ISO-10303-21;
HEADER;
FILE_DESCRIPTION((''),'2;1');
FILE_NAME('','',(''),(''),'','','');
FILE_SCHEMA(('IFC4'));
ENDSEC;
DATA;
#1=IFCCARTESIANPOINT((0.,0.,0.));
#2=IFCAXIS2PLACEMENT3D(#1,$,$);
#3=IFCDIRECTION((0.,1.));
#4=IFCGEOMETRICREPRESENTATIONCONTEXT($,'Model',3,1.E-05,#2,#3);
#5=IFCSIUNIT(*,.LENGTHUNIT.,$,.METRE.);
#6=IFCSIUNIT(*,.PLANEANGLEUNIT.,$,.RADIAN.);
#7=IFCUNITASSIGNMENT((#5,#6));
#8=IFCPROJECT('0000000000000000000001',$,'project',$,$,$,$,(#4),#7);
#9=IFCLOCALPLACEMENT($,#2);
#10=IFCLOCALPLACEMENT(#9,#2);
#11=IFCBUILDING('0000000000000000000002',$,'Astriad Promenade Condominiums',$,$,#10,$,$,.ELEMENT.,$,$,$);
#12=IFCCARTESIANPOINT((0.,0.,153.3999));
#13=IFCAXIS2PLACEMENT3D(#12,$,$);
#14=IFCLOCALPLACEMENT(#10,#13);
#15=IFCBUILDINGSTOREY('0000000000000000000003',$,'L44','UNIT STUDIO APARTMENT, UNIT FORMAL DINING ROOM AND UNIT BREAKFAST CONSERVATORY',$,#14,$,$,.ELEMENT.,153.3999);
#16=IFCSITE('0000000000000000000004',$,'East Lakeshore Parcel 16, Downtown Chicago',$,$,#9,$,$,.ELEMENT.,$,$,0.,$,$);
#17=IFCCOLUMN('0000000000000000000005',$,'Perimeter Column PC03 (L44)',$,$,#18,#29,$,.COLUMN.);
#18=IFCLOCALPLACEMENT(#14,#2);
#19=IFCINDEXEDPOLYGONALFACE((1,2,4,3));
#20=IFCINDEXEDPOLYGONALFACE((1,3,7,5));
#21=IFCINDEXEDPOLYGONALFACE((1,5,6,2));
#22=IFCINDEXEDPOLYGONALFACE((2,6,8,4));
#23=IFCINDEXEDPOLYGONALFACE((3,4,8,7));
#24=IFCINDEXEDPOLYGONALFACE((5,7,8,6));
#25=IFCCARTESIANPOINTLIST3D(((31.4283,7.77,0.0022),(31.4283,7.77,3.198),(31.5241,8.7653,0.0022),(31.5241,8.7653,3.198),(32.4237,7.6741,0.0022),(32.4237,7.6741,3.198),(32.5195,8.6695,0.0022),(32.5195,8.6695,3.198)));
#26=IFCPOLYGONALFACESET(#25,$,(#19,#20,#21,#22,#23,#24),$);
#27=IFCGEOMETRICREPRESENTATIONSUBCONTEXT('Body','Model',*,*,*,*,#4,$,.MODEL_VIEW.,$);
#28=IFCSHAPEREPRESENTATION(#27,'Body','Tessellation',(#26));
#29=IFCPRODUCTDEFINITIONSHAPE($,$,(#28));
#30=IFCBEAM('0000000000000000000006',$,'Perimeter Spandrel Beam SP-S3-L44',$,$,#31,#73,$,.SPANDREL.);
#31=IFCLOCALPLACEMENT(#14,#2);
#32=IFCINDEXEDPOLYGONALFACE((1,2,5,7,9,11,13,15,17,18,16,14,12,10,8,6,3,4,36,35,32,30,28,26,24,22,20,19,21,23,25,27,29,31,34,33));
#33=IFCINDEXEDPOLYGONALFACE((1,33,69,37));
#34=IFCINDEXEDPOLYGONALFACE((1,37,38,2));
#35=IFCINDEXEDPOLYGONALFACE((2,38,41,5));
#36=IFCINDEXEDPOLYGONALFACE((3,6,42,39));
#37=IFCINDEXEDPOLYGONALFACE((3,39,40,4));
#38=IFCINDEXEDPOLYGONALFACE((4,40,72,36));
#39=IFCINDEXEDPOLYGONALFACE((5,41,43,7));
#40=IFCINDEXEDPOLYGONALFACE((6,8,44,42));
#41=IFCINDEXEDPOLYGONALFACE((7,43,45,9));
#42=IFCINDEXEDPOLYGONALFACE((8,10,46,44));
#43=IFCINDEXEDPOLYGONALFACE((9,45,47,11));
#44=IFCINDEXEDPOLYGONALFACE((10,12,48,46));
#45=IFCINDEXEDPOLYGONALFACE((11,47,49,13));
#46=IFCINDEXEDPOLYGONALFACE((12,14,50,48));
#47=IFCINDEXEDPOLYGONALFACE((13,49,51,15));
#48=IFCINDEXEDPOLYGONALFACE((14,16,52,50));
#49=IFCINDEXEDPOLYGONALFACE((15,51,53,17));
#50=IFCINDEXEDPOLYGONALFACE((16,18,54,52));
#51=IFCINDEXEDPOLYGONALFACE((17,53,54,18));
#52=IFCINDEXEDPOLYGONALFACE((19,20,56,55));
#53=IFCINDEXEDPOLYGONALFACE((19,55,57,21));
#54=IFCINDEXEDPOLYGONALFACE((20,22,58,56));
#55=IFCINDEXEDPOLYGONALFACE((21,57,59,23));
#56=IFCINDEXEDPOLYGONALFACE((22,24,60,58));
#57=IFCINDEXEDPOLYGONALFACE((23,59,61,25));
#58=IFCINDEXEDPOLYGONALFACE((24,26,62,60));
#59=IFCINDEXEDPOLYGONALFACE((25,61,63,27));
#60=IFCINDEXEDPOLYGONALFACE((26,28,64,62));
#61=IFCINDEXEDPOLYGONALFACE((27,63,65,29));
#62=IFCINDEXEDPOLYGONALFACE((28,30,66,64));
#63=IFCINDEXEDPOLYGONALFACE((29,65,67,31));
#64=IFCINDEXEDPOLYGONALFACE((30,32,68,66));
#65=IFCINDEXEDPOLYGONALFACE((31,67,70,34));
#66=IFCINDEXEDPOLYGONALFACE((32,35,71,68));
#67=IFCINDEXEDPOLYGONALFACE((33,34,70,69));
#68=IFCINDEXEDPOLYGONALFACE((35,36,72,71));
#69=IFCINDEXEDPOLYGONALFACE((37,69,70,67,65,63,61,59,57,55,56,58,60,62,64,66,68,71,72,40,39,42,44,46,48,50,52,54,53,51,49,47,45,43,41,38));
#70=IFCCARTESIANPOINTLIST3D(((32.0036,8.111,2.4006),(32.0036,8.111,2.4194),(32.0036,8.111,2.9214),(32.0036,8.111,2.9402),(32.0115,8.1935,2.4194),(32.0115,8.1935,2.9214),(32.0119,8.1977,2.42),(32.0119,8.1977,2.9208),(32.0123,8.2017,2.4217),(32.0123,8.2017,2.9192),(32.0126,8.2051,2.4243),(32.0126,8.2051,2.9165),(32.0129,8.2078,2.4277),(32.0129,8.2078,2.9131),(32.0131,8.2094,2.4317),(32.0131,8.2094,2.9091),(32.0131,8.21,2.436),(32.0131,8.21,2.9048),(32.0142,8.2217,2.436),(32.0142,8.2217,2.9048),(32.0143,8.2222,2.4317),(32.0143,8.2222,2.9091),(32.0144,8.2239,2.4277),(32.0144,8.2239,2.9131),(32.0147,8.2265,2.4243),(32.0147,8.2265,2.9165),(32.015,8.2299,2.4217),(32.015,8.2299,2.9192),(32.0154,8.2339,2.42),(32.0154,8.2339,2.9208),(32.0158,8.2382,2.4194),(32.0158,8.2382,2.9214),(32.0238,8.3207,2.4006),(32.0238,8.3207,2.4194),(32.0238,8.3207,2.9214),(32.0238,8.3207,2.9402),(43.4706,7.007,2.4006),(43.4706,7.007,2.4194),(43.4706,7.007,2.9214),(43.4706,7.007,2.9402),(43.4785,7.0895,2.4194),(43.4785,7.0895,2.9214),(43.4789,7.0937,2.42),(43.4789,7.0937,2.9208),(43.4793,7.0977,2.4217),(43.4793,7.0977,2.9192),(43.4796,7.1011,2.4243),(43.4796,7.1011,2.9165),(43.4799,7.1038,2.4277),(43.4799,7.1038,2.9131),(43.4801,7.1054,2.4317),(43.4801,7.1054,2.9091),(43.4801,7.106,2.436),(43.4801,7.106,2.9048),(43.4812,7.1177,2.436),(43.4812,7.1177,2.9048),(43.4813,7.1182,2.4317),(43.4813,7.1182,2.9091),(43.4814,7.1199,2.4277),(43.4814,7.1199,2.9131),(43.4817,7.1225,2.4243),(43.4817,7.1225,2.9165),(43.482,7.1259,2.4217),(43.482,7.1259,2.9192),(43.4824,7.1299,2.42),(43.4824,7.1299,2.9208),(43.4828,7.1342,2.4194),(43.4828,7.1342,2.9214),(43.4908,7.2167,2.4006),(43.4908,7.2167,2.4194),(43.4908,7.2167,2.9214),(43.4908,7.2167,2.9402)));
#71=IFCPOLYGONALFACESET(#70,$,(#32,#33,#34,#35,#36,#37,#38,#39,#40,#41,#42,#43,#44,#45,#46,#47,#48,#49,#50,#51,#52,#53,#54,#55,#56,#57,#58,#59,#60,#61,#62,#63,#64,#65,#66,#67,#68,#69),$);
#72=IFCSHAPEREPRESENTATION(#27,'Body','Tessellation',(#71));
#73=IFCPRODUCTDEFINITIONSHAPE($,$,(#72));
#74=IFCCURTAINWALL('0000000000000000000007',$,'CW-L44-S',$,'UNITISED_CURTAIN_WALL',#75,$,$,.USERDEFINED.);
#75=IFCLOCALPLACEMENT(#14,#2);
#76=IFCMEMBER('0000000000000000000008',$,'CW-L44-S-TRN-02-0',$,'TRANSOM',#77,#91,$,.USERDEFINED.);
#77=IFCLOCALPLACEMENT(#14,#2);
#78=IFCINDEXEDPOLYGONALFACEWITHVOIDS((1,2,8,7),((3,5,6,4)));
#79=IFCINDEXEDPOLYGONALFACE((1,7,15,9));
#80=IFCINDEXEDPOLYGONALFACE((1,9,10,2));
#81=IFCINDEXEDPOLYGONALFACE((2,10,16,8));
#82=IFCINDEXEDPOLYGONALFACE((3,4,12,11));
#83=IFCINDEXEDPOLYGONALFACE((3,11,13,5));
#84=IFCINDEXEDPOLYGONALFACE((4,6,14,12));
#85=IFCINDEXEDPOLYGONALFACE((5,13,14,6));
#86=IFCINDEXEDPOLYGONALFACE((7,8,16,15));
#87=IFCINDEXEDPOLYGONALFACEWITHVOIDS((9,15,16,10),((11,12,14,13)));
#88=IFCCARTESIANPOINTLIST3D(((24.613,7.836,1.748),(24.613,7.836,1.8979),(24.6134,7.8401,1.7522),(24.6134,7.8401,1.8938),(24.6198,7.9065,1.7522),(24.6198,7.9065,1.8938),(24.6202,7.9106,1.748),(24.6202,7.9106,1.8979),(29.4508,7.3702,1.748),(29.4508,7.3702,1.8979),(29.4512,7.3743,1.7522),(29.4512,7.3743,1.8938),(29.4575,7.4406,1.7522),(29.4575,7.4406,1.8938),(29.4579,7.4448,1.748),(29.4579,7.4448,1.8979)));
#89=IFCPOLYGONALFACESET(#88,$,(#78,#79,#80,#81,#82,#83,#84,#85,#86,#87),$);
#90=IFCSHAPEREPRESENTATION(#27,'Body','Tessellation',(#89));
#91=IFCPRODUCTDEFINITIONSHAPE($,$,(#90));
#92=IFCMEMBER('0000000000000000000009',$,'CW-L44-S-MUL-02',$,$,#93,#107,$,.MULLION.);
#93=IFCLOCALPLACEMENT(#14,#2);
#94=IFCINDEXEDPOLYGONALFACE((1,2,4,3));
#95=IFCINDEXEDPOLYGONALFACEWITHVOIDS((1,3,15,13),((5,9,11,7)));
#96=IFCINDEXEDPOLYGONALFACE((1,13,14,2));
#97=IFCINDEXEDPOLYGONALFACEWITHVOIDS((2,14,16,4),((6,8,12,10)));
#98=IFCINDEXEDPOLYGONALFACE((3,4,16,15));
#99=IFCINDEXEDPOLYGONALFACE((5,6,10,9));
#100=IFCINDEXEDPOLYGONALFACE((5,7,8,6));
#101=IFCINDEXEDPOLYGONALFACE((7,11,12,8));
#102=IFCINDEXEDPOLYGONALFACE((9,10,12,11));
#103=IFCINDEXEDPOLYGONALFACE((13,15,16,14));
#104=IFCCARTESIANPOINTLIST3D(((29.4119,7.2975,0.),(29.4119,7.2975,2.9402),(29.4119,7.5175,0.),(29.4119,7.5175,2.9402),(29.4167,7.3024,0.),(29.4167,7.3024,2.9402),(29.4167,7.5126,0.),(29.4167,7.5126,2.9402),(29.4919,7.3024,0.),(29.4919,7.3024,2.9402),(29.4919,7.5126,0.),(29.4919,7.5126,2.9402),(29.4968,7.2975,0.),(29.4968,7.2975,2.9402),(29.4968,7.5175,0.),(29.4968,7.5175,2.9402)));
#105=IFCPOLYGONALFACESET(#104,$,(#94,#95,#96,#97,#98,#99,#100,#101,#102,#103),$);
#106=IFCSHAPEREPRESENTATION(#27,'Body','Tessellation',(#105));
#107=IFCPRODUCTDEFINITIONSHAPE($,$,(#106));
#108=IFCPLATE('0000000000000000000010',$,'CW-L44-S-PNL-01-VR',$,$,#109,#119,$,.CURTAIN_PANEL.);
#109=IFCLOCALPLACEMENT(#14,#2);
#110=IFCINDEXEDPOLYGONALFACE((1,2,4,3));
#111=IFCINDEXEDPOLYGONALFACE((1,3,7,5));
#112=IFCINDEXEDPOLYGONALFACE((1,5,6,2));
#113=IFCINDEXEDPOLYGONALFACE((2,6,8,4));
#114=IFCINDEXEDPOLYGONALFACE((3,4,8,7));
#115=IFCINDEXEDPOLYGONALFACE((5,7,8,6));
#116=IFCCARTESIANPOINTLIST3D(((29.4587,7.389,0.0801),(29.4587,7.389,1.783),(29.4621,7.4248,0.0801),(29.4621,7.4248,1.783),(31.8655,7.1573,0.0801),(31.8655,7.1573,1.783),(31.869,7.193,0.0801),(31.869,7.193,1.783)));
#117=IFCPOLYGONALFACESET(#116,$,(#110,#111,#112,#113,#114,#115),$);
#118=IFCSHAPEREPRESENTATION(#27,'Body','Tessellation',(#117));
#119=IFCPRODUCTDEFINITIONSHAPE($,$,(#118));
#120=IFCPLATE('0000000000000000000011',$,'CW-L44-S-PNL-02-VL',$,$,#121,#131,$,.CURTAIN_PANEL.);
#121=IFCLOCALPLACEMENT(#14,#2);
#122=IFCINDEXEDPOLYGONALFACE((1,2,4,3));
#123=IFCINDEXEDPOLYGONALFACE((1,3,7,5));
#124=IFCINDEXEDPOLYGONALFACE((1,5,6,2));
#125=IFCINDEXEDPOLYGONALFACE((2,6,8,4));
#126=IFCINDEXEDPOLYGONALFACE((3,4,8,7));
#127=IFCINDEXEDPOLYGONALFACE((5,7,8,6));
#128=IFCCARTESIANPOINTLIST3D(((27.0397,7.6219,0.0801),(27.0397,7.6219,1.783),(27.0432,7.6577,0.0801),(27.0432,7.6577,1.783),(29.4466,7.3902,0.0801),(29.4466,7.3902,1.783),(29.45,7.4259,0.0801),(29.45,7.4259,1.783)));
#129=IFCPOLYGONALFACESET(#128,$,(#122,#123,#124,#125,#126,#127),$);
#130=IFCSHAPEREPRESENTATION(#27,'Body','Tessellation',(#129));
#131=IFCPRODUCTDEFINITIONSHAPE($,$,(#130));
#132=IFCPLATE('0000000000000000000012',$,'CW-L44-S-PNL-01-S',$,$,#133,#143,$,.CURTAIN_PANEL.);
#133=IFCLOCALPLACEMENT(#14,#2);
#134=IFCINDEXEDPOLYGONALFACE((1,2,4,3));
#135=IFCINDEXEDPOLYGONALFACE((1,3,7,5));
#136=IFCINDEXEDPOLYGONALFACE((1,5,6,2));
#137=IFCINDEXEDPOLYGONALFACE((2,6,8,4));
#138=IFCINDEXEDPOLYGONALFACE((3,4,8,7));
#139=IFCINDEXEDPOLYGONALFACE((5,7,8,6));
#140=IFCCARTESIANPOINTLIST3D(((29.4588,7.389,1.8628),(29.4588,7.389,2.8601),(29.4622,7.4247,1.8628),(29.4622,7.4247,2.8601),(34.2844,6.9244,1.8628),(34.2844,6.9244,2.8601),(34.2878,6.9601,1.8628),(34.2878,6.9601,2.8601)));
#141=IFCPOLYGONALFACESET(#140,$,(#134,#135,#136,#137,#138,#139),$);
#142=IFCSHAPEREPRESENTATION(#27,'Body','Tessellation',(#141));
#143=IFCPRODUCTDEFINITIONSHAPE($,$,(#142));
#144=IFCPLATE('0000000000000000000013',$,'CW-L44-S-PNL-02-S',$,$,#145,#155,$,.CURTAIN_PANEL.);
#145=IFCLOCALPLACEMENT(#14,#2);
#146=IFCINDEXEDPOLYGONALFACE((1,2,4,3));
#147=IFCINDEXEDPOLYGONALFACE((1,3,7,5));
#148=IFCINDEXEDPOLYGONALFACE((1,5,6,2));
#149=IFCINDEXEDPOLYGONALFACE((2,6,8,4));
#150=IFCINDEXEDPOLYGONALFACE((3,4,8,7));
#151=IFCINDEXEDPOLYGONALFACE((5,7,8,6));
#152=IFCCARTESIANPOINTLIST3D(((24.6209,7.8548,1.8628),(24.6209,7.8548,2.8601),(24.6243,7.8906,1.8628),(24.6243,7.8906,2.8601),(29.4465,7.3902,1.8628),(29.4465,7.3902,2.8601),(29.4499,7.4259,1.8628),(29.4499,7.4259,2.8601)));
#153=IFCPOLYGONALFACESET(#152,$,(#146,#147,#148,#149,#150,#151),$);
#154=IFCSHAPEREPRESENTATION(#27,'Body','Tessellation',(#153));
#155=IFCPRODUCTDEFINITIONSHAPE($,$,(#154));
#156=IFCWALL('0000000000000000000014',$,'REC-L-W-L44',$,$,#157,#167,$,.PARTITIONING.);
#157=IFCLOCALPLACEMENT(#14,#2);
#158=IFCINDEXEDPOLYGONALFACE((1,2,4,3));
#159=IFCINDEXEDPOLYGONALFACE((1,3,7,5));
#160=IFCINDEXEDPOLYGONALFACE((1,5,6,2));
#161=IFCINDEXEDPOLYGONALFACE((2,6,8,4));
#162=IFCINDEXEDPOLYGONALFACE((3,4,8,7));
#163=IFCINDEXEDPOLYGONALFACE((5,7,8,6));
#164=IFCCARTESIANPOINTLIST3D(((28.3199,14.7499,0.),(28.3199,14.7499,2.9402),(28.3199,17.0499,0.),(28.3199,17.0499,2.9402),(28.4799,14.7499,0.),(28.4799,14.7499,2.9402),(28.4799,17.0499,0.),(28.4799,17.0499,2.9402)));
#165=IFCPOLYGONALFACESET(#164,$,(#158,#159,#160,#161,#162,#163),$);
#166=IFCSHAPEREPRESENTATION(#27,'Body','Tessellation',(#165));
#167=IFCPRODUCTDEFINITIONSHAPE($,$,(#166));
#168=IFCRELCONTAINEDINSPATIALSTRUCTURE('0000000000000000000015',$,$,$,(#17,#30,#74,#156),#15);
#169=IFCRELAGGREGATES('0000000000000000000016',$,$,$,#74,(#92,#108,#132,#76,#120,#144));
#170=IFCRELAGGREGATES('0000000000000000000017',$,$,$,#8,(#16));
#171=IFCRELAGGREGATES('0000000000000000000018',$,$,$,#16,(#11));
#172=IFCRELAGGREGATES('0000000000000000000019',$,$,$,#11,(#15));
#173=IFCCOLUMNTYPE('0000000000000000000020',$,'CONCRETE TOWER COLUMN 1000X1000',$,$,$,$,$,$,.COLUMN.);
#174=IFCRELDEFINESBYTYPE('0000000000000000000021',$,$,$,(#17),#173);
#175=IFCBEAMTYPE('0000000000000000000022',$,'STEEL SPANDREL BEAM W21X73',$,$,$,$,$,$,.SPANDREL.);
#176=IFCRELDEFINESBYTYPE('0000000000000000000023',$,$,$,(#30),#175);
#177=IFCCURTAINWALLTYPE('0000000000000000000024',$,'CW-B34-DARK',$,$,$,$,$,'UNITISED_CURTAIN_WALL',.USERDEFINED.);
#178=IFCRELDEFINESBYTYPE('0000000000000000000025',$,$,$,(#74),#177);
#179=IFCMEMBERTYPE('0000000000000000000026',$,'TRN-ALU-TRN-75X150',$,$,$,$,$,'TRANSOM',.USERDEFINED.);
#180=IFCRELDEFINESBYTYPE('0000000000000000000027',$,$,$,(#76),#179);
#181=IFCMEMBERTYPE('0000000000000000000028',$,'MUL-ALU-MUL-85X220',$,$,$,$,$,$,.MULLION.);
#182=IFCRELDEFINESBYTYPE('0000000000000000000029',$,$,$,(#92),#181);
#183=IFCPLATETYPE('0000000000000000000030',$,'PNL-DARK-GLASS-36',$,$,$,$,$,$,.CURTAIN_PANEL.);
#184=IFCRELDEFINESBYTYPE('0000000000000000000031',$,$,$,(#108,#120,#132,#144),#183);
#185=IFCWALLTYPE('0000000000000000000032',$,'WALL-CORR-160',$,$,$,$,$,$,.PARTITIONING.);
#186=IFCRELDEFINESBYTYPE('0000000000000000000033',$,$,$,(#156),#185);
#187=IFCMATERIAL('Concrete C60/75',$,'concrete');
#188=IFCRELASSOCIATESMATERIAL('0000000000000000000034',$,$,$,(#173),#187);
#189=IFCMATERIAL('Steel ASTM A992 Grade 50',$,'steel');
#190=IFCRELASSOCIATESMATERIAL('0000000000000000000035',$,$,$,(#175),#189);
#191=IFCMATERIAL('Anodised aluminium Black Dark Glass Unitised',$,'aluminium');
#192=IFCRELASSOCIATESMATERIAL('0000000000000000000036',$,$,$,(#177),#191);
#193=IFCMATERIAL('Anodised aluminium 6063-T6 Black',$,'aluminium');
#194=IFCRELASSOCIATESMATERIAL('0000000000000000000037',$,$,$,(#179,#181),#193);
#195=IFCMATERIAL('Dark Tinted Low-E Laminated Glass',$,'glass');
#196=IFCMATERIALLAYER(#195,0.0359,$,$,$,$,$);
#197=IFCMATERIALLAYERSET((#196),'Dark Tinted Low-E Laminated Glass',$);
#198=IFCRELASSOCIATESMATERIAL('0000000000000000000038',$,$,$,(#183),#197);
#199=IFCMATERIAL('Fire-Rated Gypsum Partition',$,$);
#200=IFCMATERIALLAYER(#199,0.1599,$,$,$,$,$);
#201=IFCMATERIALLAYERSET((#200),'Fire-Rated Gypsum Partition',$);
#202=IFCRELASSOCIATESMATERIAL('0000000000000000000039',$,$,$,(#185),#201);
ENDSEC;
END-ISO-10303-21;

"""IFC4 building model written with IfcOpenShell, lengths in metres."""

from ifc_helpers import new_model, si_unit, direction, frame, frame_2d, origin, origin_2d, place, context, subcontext, project, spatial, rectangle, hollow_rectangle, i_section, extrude, source, transform, mapped, material, layer, layer_set, material_profile, profile_set, type_object, type_shapes, element, aggregate, save


model = new_model("IFC4")

# Units and contexts
model_context = context("Model", 3, precision=1e-05, world=origin(), true_north=direction((0.0, 1.0)))
body_context = subcontext(model_context, "Body", "Model", "MODEL_VIEW")
ifc_project = project(units=[si_unit("LENGTHUNIT", "METRE"), si_unit("PLANEANGLEUNIT", "RADIAN")], contexts=[model_context])

# Site, building, storey
site_placement = place(None, origin())
site = spatial("IfcSite", under=ifc_project, at=site_placement, Name="East Lakeshore Parcel 16, Downtown Chicago", CompositionType="ELEMENT", RefElevation=0.0)
building_placement = place(site_placement, origin())
building = spatial("IfcBuilding", under=site, at=building_placement, Name="Astriad Promenade Condominiums", CompositionType="ELEMENT")
storey_placement = place(building_placement, frame((0.0, 0.0, 153.3999)))
storey = spatial("IfcBuildingStorey", under=building, at=storey_placement, Name="L44", Description="UNIT STUDIO APARTMENT, UNIT FORMAL DINING ROOM AND UNIT BREAKFAST CONSERVATORY", CompositionType="ELEMENT", Elevation=153.3999)

# Column
ifc_material_1 = material(Name="Concrete C60/75", Category="concrete")
ifc_material_profile_1 = material_profile(ifc_material_1, rectangle(XDim=1.0, YDim=1.0, at=origin_2d()), Name="RC-COL-1000X1000")
ifc_profile_set_1 = profile_set([ifc_material_profile_1], Name="Concrete C60/75")
column_type = type_object("IfcColumnType", Name="CONCRETE TOWER COLUMN 1000X1000", PredefinedType="COLUMN", material=ifc_profile_set_1)
shared_shape_1 = source(origin(), body_context, "Body", "SweptSolid", [
    extrude(rectangle(XDim=1.0, YDim=1.0, at=origin_2d()), origin(), (0.0, 0.0, 1.0), 3.1958),
])
type_shapes(column_type, [shared_shape_1])
column_placement = place(storey_placement, frame((31.9739, 8.2197, 0.0022), z_axis=(0.0, 0.0, 1.0), x_axis=(0.995396, -0.095846, 0.0)))
element("IfcColumn", 1, at=column_placement, inside=storey, type_object=column_type, Name="Perimeter Column PC03 (L44)", PredefinedType="COLUMN", context=body_context, shape_type="MappedRepresentation", body=[
    mapped(shared_shape_1, transform((0.0, 0.0, 0.0), scale=1.0)),
])

# Beam
ifc_material_2 = material(Name="Steel ASTM A992 Grade 50", Category="steel")
ifc_material_profile_2 = material_profile(ifc_material_2, i_section(OverallWidth=0.2107, OverallDepth=0.5396, WebThickness=0.0117, FlangeThickness=0.0188, FilletRadius=0.0166, at=origin_2d()), Name="W21X73")
ifc_profile_set_2 = profile_set([ifc_material_profile_2], Name="Steel ASTM A992 Grade 50")
beam_type = type_object("IfcBeamType", Name="STEEL SPANDREL BEAM W21X73", PredefinedType="SPANDREL", material=ifc_profile_set_2)
shared_shape_2 = source(origin(), body_context, "Body", "SweptSolid", [
    extrude(i_section(OverallWidth=0.2107, OverallDepth=0.5396, WebThickness=0.0117, FlangeThickness=0.0188, FilletRadius=0.0166, at=origin_2d()), origin(), (0.0, 0.0, 1.0), 11.52),
])
type_shapes(beam_type, [shared_shape_2])
beam_placement = place(storey_placement, frame((32.0137, 8.2158, 2.6704), z_axis=(0.995397, -0.095833, 0.0), x_axis=(0.095833, 0.995397, 0.0)))
element("IfcBeam", 2, at=beam_placement, inside=storey, type_object=beam_type, Name="Perimeter Spandrel Beam SP-S3-L44", PredefinedType="SPANDREL", context=body_context, shape_type="MappedRepresentation", body=[
    mapped(shared_shape_2, transform((0.0, 0.0, 0.0), scale=1.0)),
])

# Curtain wall, members, plates
ifc_material_3 = material(Name="Anodised aluminium Black Dark Glass Unitised", Category="aluminium")
curtain_wall_type = type_object("IfcCurtainWallType", Name="CW-B34-DARK", ElementType="UNITISED_CURTAIN_WALL", PredefinedType="USERDEFINED", material=ifc_material_3)
curtain_wall_placement = place(storey_placement, origin())
curtain_wall = element("IfcCurtainWall", 3, at=curtain_wall_placement, inside=storey, type_object=curtain_wall_type, Name="CW-L44-S", ObjectType="UNITISED_CURTAIN_WALL", PredefinedType="USERDEFINED")
ifc_material_4 = material(Name="Anodised aluminium 6063-T6 Black", Category="aluminium")
ifc_material_profile_3 = material_profile(ifc_material_4, hollow_rectangle(XDim=0.075, YDim=0.1499, WallThickness=0.0042, at=origin_2d()), Name="ALU-TRN-75X150")
ifc_profile_set_3 = profile_set([ifc_material_profile_3], Name="Anodised aluminium 6063-T6 Black")
member_type_1 = type_object("IfcMemberType", Name="TRN-ALU-TRN-75X150", ElementType="TRANSOM", PredefinedType="USERDEFINED", material=ifc_profile_set_3)
shared_shape_3 = source(origin(), body_context, "Body", "SweptSolid", [
    extrude(hollow_rectangle(XDim=0.075, YDim=0.1499, WallThickness=0.0042, at=origin_2d()), origin(), (0.0, 0.0, 1.0), 4.8601),
])
type_shapes(member_type_1, [shared_shape_3])
member_1_placement = place(storey_placement, frame((29.4543, 7.4075, 1.823), z_axis=(-0.995396, 0.095847, 0.0), x_axis=(-0.095847, -0.995396, 0.0)))
member_1 = element("IfcMember", 4, at=member_1_placement, type_object=member_type_1, Name="CW-L44-S-TRN-02-0", ObjectType="TRANSOM", PredefinedType="USERDEFINED", context=body_context, shape_type="MappedRepresentation", body=[
    mapped(shared_shape_3, transform((0.0, 0.0, 0.0), scale=1.0)),
])
ifc_material_profile_4 = material_profile(ifc_material_4, hollow_rectangle(XDim=0.085, YDim=0.22, WallThickness=0.0049, at=origin_2d()), Name="ALU-MUL-85X220")
ifc_profile_set_4 = profile_set([ifc_material_profile_4], Name="Anodised aluminium 6063-T6 Black")
member_type_2 = type_object("IfcMemberType", Name="MUL-ALU-MUL-85X220", PredefinedType="MULLION", material=ifc_profile_set_4)
shared_shape_4 = source(origin(), body_context, "Body", "SweptSolid", [
    extrude(hollow_rectangle(XDim=0.085, YDim=0.22, WallThickness=0.0049, at=origin_2d()), origin(), (0.0, 0.0, 1.0), 2.9402),
])
type_shapes(member_type_2, [shared_shape_4])
member_2_placement = place(storey_placement, frame((29.4543, 7.4075, 0.0), z_axis=(0.0, 0.0, 1.0), x_axis=(1.0, 0.0, 0.0)))
member_2 = element("IfcMember", 5, at=member_2_placement, type_object=member_type_2, Name="CW-L44-S-MUL-02", PredefinedType="MULLION", context=body_context, shape_type="MappedRepresentation", body=[
    mapped(shared_shape_4, transform((0.0, 0.0, 0.0), scale=1.0)),
])
ifc_material_5 = material(Name="Dark Tinted Low-E Laminated Glass", Category="glass")
ifc_layer_1 = layer(ifc_material_5, 0.0359)
ifc_layer_set_1 = layer_set([ifc_layer_1], Name="Dark Tinted Low-E Laminated Glass")
plate_type = type_object("IfcPlateType", Name="PNL-DARK-GLASS-36", PredefinedType="CURTAIN_PANEL", material=ifc_layer_set_1)
shared_shape_5 = source(origin(), body_context, "Body", "SweptSolid", [
    extrude(rectangle(XDim=2.418, YDim=0.0359, at=origin_2d()), origin(), (0.0, 0.0, 1.0), 1.7029),
])
plate_1_placement = place(storey_placement, frame((30.6638, 7.291, 0.0801), z_axis=(0.0, 0.0, 1.0), x_axis=(-0.995396, 0.095846, 0.0)))
plate_1 = element("IfcPlate", 6, at=plate_1_placement, type_object=plate_type, Name="CW-L44-S-PNL-01-VR", PredefinedType="CURTAIN_PANEL", context=body_context, shape_type="MappedRepresentation", body=[
    mapped(shared_shape_5, transform((0.0, 0.0, 0.0), scale=1.0)),
])
plate_2_placement = place(storey_placement, frame((28.2449, 7.5239, 0.0801), z_axis=(0.0, 0.0, 1.0), x_axis=(-0.995396, 0.095846, 0.0)))
plate_2 = element("IfcPlate", 7, at=plate_2_placement, type_object=plate_type, Name="CW-L44-S-PNL-02-VL", PredefinedType="CURTAIN_PANEL", context=body_context, shape_type="MappedRepresentation", body=[
    mapped(shared_shape_5, transform((0.0, 0.0, 0.0), scale=1.0)),
])
shared_shape_6 = source(origin(), body_context, "Body", "SweptSolid", [
    extrude(rectangle(XDim=4.8479, YDim=0.0359, at=origin_2d()), origin(), (0.0, 0.0, 1.0), 0.9973),
])
type_shapes(plate_type, [shared_shape_5, shared_shape_6])
plate_3_placement = place(storey_placement, frame((31.8733, 7.1746, 1.8628), z_axis=(0.0, 0.0, 1.0), x_axis=(-0.995396, 0.095846, 0.0)))
plate_3 = element("IfcPlate", 8, at=plate_3_placement, type_object=plate_type, Name="CW-L44-S-PNL-01-S", PredefinedType="CURTAIN_PANEL", context=body_context, shape_type="MappedRepresentation", body=[
    mapped(shared_shape_6, transform((0.0, 0.0, 0.0), scale=1.0)),
])
plate_4_placement = place(storey_placement, frame((27.0354, 7.6404, 1.8628), z_axis=(0.0, 0.0, 1.0), x_axis=(-0.995396, 0.095846, 0.0)))
plate_4 = element("IfcPlate", 9, at=plate_4_placement, type_object=plate_type, Name="CW-L44-S-PNL-02-S", PredefinedType="CURTAIN_PANEL", context=body_context, shape_type="MappedRepresentation", body=[
    mapped(shared_shape_6, transform((0.0, 0.0, 0.0), scale=1.0)),
])
aggregate(curtain_wall, [member_2, plate_1, plate_3, member_1, plate_2, plate_4])

# Wall
ifc_material_6 = material(Name="Fire-Rated Gypsum Partition")
ifc_layer_2 = layer(ifc_material_6, 0.1599)
ifc_layer_set_2 = layer_set([ifc_layer_2], Name="Fire-Rated Gypsum Partition")
wall_type_1 = type_object("IfcWallType", Name="WALL-CORR-160", PredefinedType="PARTITIONING", material=ifc_layer_set_2)
wall_1_placement = place(storey_placement, frame((28.3999, 14.75, 0.0), z_axis=(0.0, 0.0, 1.0), x_axis=(0.0, 1.0, 0.0)))
element("IfcWall", 10, at=wall_1_placement, inside=storey, type_object=wall_type_1, Name="REC-L-W-L44", PredefinedType="PARTITIONING", context=body_context, shape_type="SweptSolid", body=[
    extrude(rectangle(XDim=2.3, YDim=0.1599, at=frame_2d((1.1499, 0.0))), origin(), (0.0, 0.0, 1.0), 2.9402),
])

save(model, "model.ifc")
